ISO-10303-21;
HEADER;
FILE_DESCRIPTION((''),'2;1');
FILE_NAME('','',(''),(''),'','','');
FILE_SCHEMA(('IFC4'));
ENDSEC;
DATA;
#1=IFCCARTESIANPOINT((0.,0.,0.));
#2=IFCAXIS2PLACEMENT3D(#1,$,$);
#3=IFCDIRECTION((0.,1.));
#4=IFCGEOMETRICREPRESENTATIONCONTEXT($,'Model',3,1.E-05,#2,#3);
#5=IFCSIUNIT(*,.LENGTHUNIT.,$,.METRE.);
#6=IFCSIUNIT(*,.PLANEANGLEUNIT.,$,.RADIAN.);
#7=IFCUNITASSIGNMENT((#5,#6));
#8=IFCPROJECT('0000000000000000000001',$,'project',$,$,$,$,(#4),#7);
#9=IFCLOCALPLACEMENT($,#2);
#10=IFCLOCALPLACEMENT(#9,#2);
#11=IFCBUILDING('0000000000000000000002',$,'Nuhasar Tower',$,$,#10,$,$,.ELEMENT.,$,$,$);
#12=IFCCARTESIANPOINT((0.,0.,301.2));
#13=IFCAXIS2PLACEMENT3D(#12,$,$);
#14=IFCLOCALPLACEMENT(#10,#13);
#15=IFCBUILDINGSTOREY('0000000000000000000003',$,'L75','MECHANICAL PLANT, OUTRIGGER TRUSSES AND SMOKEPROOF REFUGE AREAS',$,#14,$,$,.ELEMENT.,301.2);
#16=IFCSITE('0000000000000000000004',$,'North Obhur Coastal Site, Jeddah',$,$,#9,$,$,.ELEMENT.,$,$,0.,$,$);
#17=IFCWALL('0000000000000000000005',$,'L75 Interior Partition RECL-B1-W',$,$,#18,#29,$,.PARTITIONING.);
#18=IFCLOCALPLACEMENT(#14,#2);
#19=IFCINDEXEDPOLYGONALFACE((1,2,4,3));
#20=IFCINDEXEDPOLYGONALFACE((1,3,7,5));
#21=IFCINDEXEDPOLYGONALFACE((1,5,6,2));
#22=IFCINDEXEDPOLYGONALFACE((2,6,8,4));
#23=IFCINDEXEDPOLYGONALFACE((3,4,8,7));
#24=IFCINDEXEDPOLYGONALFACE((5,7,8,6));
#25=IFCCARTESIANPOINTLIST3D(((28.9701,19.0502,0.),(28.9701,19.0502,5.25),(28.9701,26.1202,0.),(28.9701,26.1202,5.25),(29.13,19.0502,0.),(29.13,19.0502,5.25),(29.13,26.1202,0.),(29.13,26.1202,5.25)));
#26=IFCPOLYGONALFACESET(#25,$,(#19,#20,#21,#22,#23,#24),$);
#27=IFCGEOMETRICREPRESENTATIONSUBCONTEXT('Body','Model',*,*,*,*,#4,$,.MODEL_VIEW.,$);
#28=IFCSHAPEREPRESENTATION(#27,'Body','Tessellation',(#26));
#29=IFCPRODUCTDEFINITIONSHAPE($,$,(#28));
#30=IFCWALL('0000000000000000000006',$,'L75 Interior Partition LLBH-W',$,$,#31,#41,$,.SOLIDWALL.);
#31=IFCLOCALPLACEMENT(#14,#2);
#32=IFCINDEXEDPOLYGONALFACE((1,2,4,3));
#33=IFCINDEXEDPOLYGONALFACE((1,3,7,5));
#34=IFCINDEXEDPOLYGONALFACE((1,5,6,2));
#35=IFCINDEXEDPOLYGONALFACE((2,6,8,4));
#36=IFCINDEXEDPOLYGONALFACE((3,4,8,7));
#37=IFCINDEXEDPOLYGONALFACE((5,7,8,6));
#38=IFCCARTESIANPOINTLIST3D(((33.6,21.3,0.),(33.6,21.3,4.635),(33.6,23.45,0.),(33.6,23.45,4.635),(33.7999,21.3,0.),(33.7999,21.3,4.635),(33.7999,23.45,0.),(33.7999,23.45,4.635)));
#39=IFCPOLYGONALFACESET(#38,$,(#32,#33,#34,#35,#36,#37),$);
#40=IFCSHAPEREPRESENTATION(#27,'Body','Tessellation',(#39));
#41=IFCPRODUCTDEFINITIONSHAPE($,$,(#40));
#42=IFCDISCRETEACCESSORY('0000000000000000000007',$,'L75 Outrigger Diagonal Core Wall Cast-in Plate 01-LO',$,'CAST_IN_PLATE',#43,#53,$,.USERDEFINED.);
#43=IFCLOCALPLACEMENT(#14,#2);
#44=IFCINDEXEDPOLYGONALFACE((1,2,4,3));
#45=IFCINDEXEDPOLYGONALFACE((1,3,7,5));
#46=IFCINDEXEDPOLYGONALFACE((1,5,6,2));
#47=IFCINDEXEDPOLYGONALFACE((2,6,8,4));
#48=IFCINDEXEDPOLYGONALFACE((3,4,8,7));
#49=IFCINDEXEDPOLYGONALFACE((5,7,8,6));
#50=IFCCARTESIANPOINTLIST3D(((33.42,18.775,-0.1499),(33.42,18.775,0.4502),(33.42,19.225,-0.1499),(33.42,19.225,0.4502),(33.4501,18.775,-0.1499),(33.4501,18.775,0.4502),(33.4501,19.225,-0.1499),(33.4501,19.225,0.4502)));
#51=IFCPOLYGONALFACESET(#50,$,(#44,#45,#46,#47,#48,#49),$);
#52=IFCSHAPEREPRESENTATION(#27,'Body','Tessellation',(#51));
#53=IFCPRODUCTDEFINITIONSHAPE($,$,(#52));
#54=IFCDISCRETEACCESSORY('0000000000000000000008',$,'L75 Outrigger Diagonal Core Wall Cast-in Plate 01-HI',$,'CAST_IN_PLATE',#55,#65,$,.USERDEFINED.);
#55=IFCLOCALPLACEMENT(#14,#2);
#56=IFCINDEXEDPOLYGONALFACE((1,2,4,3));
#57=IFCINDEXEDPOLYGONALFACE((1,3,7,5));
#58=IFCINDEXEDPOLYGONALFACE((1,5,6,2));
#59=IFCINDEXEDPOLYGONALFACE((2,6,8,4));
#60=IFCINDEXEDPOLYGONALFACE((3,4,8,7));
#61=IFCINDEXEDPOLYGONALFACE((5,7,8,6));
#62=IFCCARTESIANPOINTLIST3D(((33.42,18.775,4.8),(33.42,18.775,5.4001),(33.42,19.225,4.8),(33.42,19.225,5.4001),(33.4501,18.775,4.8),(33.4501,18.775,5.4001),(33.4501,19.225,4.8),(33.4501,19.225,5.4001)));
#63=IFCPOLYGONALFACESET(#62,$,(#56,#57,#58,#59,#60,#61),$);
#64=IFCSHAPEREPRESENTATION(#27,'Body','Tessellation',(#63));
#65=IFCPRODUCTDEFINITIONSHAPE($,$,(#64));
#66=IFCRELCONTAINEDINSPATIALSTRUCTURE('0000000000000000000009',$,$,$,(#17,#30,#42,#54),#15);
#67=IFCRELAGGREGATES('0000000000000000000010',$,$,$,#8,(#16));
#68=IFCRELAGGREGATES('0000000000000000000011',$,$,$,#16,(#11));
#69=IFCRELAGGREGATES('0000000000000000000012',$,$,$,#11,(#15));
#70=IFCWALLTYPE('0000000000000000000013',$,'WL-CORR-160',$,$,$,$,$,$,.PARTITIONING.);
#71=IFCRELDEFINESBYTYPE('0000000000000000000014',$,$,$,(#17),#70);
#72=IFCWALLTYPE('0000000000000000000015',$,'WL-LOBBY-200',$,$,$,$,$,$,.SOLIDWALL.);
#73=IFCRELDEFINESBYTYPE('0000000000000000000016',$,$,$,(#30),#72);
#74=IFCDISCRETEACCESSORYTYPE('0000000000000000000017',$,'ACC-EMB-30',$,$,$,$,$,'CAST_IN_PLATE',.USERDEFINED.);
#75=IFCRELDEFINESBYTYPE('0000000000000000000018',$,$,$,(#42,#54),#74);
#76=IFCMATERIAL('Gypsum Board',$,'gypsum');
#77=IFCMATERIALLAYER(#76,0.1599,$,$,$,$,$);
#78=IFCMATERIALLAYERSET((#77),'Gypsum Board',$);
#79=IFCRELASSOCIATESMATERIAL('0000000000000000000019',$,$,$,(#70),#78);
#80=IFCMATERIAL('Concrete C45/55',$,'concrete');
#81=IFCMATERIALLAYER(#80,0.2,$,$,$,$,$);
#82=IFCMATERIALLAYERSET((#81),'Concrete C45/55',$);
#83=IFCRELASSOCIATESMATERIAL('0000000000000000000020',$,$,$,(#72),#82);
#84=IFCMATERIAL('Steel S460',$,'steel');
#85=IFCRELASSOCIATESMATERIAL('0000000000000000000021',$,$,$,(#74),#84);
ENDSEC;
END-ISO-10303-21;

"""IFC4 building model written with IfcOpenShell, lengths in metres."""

from ifc_helpers import new_model, si_unit, direction, frame, frame_2d, origin, origin_2d, place, context, subcontext, project, spatial, rectangle, extrude, material, layer, layer_set, type_object, element, save


model = new_model("IFC4")

# Units and contexts
model_context = context("Model", 3, precision=1e-05, world=origin(), true_north=direction((0.0, 1.0)))
body_context = subcontext(model_context, "Body", "Model", "MODEL_VIEW")
ifc_project = project(units=[si_unit("LENGTHUNIT", "METRE"), si_unit("PLANEANGLEUNIT", "RADIAN")], contexts=[model_context])

# Site, building, storey
site_placement = place(None, origin())
site = spatial("IfcSite", under=ifc_project, at=site_placement, Name="North Obhur Coastal Site, Jeddah", CompositionType="ELEMENT", RefElevation=0.0)
building_placement = place(site_placement, origin())
building = spatial("IfcBuilding", under=site, at=building_placement, Name="Nuhasar Tower", CompositionType="ELEMENT")
storey_placement = place(building_placement, frame((0.0, 0.0, 301.2)))
storey = spatial("IfcBuildingStorey", under=building, at=storey_placement, Name="L75", Description="MECHANICAL PLANT, OUTRIGGER TRUSSES AND SMOKEPROOF REFUGE AREAS", CompositionType="ELEMENT", Elevation=301.2)

# Shared definitions
ifc_material_1 = material(Name="Steel S460", Category="steel")

# Walls
ifc_material_2 = material(Name="Gypsum Board", Category="gypsum")
ifc_layer_1 = layer(ifc_material_2, 0.1599)
ifc_layer_set_1 = layer_set([ifc_layer_1], Name="Gypsum Board")
wall_type_1 = type_object("IfcWallType", Name="WL-CORR-160", PredefinedType="PARTITIONING", material=ifc_layer_set_1)
wall_1_placement = place(storey_placement, frame((29.05, 19.05, 0.0), z_axis=(0.0, 0.0, 1.0), x_axis=(0.0, 1.0, 0.0)))
element("IfcWall", 1, at=wall_1_placement, inside=storey, type_object=wall_type_1, Name="L75 Interior Partition RECL-B1-W", PredefinedType="PARTITIONING", context=body_context, shape_type="SweptSolid", body=[
    extrude(rectangle(XDim=7.0701, YDim=0.1599, at=frame_2d((3.5352, 0.0))), origin(), (0.0, 0.0, 1.0), 5.25),
])
ifc_material_3 = material(Name="Concrete C45/55", Category="concrete")
ifc_layer_2 = layer(ifc_material_3, 0.2)
ifc_layer_set_2 = layer_set([ifc_layer_2], Name="Concrete C45/55")
wall_type_2 = type_object("IfcWallType", Name="WL-LOBBY-200", PredefinedType="SOLIDWALL", material=ifc_layer_set_2)
wall_2_placement = place(storey_placement, frame((33.7, 21.3, 0.0), z_axis=(0.0, 0.0, 1.0), x_axis=(0.0, 1.0, 0.0)))
element("IfcWall", 2, at=wall_2_placement, inside=storey, type_object=wall_type_2, Name="L75 Interior Partition LLBH-W", PredefinedType="SOLIDWALL", context=body_context, shape_type="SweptSolid", body=[
    extrude(rectangle(XDim=2.1499, YDim=0.2, at=frame_2d((1.075, 0.0))), origin(), (0.0, 0.0, 1.0), 4.635),
])

# Discrete accessories
discrete_accessory_type = type_object("IfcDiscreteAccessoryType", Name="ACC-EMB-30", ElementType="CAST_IN_PLATE", PredefinedType="USERDEFINED", material=ifc_material_1)
for number, where, z_axis, x_axis, name in (
    (3, (33.4351, 19.0, -0.1499), (0.0, 0.0, 1.0), (1.0, 0.0, 0.0), "L75 Outrigger Diagonal Core Wall Cast-in Plate 01-LO"),
    (4, (33.4351, 19.0, 4.8), (0.0, 0.0, 1.0), (1.0, 0.0, 0.0), "L75 Outrigger Diagonal Core Wall Cast-in Plate 01-HI"),
):
    element("IfcDiscreteAccessory", number, at=place(storey_placement, frame(where, z_axis=z_axis, x_axis=x_axis)), inside=storey, type_object=discrete_accessory_type, Name=name, ObjectType="CAST_IN_PLATE", PredefinedType="USERDEFINED", context=body_context, shape_type="SweptSolid", body=[
        extrude(rectangle(XDim=0.03, YDim=0.45, at=origin_2d()), origin(), (0.0, 0.0, 1.0), 0.6001),
    ])

save(model, "model.ifc")
